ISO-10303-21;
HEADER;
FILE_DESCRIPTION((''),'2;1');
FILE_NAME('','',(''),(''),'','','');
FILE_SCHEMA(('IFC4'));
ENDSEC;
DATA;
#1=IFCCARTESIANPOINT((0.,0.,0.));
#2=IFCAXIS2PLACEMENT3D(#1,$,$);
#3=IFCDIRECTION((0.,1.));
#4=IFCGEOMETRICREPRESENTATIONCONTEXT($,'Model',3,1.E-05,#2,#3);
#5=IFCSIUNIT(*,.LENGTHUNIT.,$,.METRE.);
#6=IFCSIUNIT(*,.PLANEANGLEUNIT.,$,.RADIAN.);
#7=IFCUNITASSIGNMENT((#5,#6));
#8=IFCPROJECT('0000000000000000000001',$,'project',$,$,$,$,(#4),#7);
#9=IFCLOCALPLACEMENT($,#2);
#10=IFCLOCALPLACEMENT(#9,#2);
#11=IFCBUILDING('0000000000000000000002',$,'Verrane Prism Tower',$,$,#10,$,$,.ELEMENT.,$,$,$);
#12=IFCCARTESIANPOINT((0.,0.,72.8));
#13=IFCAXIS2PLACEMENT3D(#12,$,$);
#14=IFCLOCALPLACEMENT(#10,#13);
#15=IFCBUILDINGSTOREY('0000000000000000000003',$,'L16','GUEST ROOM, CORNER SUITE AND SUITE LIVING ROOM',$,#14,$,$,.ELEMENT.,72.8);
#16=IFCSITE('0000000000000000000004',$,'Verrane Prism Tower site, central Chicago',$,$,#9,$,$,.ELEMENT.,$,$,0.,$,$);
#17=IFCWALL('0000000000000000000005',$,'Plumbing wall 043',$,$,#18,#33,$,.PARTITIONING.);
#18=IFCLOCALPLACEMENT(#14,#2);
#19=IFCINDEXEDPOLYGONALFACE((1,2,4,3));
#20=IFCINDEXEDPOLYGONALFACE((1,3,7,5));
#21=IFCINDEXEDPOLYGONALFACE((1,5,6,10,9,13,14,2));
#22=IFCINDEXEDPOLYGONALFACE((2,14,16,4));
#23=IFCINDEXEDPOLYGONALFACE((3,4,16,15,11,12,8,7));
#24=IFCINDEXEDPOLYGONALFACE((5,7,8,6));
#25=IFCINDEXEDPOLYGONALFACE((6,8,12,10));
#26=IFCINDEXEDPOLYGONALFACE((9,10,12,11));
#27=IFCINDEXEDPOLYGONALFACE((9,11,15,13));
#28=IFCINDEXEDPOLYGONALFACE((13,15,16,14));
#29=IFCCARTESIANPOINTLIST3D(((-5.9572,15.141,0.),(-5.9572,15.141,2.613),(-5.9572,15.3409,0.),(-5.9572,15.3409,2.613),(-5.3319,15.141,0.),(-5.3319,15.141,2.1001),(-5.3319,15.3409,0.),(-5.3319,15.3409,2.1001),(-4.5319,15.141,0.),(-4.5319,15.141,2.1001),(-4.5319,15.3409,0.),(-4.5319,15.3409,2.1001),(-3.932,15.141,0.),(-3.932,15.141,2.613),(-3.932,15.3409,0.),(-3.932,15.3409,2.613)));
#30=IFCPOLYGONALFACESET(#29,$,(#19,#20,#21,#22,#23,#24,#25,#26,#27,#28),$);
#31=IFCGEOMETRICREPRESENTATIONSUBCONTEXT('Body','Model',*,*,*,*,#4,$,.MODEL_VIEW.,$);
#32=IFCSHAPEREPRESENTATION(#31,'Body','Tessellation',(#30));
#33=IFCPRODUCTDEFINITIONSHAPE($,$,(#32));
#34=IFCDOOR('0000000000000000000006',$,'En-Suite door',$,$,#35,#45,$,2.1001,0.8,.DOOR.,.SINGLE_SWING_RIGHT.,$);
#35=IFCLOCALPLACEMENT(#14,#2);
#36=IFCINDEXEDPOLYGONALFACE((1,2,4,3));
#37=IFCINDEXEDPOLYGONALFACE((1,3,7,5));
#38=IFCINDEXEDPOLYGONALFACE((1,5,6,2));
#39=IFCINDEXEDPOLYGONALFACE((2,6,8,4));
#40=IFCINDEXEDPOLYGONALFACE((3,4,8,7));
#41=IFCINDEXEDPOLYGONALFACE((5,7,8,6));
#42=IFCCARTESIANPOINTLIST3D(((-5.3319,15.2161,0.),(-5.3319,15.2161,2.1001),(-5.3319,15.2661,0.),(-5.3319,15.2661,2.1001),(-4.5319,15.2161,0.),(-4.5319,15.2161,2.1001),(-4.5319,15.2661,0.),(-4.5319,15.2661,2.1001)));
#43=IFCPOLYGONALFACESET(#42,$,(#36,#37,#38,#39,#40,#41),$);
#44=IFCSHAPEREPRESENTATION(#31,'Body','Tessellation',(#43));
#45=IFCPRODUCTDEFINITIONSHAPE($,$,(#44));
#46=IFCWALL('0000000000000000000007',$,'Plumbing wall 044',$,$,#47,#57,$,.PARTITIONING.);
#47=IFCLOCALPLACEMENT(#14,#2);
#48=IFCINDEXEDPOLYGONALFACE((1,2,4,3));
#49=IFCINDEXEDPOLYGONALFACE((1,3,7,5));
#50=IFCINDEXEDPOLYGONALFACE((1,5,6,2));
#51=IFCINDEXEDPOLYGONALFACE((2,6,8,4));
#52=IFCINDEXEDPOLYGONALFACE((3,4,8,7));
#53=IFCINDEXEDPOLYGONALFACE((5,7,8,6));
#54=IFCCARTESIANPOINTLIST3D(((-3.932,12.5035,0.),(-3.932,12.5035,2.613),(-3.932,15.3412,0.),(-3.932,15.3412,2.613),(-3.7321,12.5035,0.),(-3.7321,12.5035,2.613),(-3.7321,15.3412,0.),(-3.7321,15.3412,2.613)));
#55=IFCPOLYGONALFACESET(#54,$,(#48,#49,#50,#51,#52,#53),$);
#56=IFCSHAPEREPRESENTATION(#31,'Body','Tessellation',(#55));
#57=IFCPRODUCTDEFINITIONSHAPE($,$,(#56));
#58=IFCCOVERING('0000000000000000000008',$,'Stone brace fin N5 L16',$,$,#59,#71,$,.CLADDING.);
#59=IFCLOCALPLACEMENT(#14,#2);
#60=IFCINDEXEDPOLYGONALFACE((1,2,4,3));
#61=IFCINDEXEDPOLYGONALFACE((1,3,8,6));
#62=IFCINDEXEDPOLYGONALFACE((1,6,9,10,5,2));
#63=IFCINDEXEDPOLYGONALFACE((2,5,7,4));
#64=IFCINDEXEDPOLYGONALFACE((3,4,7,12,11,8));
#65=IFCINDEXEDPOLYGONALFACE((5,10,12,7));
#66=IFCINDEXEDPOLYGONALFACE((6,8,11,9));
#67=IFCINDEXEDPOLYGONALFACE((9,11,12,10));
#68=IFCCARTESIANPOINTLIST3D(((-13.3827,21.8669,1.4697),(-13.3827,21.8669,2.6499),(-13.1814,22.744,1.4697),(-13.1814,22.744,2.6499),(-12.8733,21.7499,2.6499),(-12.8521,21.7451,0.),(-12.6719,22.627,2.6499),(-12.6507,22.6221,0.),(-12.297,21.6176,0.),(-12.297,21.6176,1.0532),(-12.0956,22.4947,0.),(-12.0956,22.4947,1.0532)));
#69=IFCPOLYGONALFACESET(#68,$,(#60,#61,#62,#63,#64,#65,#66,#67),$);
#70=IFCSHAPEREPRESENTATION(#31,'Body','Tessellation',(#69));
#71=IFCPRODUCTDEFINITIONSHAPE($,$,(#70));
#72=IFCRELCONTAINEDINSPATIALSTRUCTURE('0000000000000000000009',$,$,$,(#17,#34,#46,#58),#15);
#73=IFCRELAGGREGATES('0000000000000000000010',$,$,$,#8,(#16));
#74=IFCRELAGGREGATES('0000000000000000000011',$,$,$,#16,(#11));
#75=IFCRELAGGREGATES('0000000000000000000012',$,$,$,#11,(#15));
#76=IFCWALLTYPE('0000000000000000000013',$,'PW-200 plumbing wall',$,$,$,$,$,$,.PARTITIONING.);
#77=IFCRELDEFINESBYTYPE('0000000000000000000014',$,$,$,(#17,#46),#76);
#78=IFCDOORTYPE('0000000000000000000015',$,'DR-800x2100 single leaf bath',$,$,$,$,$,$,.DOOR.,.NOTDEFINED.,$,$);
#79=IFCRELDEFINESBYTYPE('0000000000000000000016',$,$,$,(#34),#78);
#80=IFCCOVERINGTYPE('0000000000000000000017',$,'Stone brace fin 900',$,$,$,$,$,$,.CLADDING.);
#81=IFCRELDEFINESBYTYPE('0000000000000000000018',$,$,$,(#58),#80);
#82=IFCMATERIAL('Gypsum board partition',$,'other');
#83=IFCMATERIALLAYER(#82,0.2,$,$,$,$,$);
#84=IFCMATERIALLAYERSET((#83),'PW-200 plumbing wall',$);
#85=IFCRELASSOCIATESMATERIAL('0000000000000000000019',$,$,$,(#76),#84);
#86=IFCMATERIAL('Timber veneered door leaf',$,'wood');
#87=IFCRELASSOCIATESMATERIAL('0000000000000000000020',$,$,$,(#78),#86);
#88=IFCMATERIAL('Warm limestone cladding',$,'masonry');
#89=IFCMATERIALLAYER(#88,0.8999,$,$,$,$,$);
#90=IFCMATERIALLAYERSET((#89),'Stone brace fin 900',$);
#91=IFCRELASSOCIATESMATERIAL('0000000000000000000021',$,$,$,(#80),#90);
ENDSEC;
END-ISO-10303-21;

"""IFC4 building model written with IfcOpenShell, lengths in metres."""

from ifc_helpers import new_model, si_unit, direction, frame, frame_2d, origin, place, context, subcontext, project, spatial, polyline, rectangle, outline, extrude, material, layer, layer_set, type_object, element, fill, save


model = new_model("IFC4")

# Units and contexts
model_context = context("Model", 3, precision=1e-05, world=origin(), true_north=direction((0.0, 1.0)))
body_context = subcontext(model_context, "Body", "Model", "MODEL_VIEW")
ifc_project = project(units=[si_unit("LENGTHUNIT", "METRE"), si_unit("PLANEANGLEUNIT", "RADIAN")], contexts=[model_context])

# Site, building, storey
site_placement = place(None, origin())
site = spatial("IfcSite", under=ifc_project, at=site_placement, Name="Verrane Prism Tower site, central Chicago", CompositionType="ELEMENT", RefElevation=0.0)
building_placement = place(site_placement, origin())
building = spatial("IfcBuilding", under=site, at=building_placement, Name="Verrane Prism Tower", CompositionType="ELEMENT")
storey_placement = place(building_placement, frame((0.0, 0.0, 72.8)))
storey = spatial("IfcBuildingStorey", under=building, at=storey_placement, Name="L16", Description="GUEST ROOM, CORNER SUITE AND SUITE LIVING ROOM", CompositionType="ELEMENT", Elevation=72.8)

# Shared definitions
ifc_material_1 = material(Name="Gypsum board partition", Category="other")
ifc_layer_1 = layer(ifc_material_1, 0.2)
ifc_layer_set_1 = layer_set([ifc_layer_1], Name="PW-200 plumbing wall")
wall_type_1 = type_object("IfcWallType", Name="PW-200 plumbing wall", PredefinedType="PARTITIONING", material=ifc_layer_set_1)

# Wall, opening, door
ifc_material_2 = material(Name="Timber veneered door leaf", Category="wood")
door_type = type_object("IfcDoorType", Name="DR-800x2100 single leaf bath", OperationType="NOTDEFINED", PredefinedType="DOOR", material=ifc_material_2)
wall_1_placement = place(storey_placement, frame((-3.9319, 15.241, 0.0), z_axis=(0.0, 0.0, 1.0), x_axis=(-1.0, 0.0, 0.0)))
wall_1 = element("IfcWall", 1, at=wall_1_placement, inside=storey, type_object=wall_type_1, Name="Plumbing wall 043", PredefinedType="PARTITIONING", context=body_context, shape_type="SweptSolid", body=[
    extrude(rectangle(XDim=2.0251, YDim=0.2, at=frame_2d((1.0127, 0.0))), origin(), (0.0, 0.0, 1.0), 2.613),
])
opening_1_placement = place(wall_1_placement, frame((0.6001, 0.0, 0.0)))
opening_1 = element("IfcOpeningElement", 2, at=opening_1_placement, cuts=wall_1, PredefinedType="OPENING", context=body_context, shape_type="SweptSolid", body=[
    extrude(rectangle(XDim=0.8, YDim=2.1001, at=frame_2d((0.3999, 1.05))), frame((0.0, 0.1099, 0.0), z_axis=(0.0, -1.0, 0.0), x_axis=(1.0, 0.0, 0.0)), (0.0, 0.0, 1.0), 0.22),
])
door_1_placement = place(opening_1_placement, origin())
door_1 = element("IfcDoor", 3, at=door_1_placement, inside=storey, type_object=door_type, Name="En-Suite door", OperationType="SINGLE_SWING_RIGHT", OverallHeight=2.1001, OverallWidth=0.8, PredefinedType="DOOR", context=body_context, shape_type="SweptSolid", body=[
    extrude(rectangle(XDim=0.8, YDim=2.1001, at=frame_2d((0.3999, 1.05))), frame((0.0, 0.0249, 0.0), z_axis=(0.0, -1.0, 0.0), x_axis=(1.0, 0.0, 0.0)), (0.0, 0.0, 1.0), 0.05),
])
fill(opening_1, door_1)

# Wall
wall_2_placement = place(storey_placement, frame((-3.832, 12.5034, 0.0), z_axis=(0.0, 0.0, 1.0), x_axis=(0.0, 1.0, 0.0)))
element("IfcWall", 4, at=wall_2_placement, inside=storey, type_object=wall_type_1, Name="Plumbing wall 044", PredefinedType="PARTITIONING", context=body_context, shape_type="SweptSolid", body=[
    extrude(rectangle(XDim=2.8376, YDim=0.2, at=frame_2d((1.4189, 0.0))), origin(), (0.0, 0.0, 1.0), 2.613),
])

# Covering
ifc_material_3 = material(Name="Warm limestone cladding", Category="masonry")
ifc_layer_2 = layer(ifc_material_3, 0.8999)
ifc_layer_set_2 = layer_set([ifc_layer_2], Name="Stone brace fin 900")
covering_type = type_object("IfcCoveringType", Name="Stone brace fin 900", PredefinedType="CLADDING", material=ifc_layer_set_2)
covering_placement = place(storey_placement, frame((-12.1963, 22.0562, 0.0), z_axis=(0.0, 0.0, 1.0), x_axis=(-0.974642, 0.223771, 0.0)))
element("IfcCovering", 5, at=covering_placement, inside=storey, type_object=covering_type, Name="Stone brace fin N5 L16", PredefinedType="CLADDING", context=body_context, shape_type="SweptSolid", body=[
    extrude(outline(polyline([(1.114, 2.6499), (0.5913, 2.6499), (0.0, 1.0532), (0.0, 0.0), (0.5696, 0.0), (1.114, 1.4697), (1.114, 2.6499)])), frame((0.0, 0.45, 0.0), z_axis=(0.0, -1.0, 0.0), x_axis=(1.0, 0.0, 0.0)), (0.0, 0.0, 1.0), 0.8999),
])

save(model, "model.ifc")
